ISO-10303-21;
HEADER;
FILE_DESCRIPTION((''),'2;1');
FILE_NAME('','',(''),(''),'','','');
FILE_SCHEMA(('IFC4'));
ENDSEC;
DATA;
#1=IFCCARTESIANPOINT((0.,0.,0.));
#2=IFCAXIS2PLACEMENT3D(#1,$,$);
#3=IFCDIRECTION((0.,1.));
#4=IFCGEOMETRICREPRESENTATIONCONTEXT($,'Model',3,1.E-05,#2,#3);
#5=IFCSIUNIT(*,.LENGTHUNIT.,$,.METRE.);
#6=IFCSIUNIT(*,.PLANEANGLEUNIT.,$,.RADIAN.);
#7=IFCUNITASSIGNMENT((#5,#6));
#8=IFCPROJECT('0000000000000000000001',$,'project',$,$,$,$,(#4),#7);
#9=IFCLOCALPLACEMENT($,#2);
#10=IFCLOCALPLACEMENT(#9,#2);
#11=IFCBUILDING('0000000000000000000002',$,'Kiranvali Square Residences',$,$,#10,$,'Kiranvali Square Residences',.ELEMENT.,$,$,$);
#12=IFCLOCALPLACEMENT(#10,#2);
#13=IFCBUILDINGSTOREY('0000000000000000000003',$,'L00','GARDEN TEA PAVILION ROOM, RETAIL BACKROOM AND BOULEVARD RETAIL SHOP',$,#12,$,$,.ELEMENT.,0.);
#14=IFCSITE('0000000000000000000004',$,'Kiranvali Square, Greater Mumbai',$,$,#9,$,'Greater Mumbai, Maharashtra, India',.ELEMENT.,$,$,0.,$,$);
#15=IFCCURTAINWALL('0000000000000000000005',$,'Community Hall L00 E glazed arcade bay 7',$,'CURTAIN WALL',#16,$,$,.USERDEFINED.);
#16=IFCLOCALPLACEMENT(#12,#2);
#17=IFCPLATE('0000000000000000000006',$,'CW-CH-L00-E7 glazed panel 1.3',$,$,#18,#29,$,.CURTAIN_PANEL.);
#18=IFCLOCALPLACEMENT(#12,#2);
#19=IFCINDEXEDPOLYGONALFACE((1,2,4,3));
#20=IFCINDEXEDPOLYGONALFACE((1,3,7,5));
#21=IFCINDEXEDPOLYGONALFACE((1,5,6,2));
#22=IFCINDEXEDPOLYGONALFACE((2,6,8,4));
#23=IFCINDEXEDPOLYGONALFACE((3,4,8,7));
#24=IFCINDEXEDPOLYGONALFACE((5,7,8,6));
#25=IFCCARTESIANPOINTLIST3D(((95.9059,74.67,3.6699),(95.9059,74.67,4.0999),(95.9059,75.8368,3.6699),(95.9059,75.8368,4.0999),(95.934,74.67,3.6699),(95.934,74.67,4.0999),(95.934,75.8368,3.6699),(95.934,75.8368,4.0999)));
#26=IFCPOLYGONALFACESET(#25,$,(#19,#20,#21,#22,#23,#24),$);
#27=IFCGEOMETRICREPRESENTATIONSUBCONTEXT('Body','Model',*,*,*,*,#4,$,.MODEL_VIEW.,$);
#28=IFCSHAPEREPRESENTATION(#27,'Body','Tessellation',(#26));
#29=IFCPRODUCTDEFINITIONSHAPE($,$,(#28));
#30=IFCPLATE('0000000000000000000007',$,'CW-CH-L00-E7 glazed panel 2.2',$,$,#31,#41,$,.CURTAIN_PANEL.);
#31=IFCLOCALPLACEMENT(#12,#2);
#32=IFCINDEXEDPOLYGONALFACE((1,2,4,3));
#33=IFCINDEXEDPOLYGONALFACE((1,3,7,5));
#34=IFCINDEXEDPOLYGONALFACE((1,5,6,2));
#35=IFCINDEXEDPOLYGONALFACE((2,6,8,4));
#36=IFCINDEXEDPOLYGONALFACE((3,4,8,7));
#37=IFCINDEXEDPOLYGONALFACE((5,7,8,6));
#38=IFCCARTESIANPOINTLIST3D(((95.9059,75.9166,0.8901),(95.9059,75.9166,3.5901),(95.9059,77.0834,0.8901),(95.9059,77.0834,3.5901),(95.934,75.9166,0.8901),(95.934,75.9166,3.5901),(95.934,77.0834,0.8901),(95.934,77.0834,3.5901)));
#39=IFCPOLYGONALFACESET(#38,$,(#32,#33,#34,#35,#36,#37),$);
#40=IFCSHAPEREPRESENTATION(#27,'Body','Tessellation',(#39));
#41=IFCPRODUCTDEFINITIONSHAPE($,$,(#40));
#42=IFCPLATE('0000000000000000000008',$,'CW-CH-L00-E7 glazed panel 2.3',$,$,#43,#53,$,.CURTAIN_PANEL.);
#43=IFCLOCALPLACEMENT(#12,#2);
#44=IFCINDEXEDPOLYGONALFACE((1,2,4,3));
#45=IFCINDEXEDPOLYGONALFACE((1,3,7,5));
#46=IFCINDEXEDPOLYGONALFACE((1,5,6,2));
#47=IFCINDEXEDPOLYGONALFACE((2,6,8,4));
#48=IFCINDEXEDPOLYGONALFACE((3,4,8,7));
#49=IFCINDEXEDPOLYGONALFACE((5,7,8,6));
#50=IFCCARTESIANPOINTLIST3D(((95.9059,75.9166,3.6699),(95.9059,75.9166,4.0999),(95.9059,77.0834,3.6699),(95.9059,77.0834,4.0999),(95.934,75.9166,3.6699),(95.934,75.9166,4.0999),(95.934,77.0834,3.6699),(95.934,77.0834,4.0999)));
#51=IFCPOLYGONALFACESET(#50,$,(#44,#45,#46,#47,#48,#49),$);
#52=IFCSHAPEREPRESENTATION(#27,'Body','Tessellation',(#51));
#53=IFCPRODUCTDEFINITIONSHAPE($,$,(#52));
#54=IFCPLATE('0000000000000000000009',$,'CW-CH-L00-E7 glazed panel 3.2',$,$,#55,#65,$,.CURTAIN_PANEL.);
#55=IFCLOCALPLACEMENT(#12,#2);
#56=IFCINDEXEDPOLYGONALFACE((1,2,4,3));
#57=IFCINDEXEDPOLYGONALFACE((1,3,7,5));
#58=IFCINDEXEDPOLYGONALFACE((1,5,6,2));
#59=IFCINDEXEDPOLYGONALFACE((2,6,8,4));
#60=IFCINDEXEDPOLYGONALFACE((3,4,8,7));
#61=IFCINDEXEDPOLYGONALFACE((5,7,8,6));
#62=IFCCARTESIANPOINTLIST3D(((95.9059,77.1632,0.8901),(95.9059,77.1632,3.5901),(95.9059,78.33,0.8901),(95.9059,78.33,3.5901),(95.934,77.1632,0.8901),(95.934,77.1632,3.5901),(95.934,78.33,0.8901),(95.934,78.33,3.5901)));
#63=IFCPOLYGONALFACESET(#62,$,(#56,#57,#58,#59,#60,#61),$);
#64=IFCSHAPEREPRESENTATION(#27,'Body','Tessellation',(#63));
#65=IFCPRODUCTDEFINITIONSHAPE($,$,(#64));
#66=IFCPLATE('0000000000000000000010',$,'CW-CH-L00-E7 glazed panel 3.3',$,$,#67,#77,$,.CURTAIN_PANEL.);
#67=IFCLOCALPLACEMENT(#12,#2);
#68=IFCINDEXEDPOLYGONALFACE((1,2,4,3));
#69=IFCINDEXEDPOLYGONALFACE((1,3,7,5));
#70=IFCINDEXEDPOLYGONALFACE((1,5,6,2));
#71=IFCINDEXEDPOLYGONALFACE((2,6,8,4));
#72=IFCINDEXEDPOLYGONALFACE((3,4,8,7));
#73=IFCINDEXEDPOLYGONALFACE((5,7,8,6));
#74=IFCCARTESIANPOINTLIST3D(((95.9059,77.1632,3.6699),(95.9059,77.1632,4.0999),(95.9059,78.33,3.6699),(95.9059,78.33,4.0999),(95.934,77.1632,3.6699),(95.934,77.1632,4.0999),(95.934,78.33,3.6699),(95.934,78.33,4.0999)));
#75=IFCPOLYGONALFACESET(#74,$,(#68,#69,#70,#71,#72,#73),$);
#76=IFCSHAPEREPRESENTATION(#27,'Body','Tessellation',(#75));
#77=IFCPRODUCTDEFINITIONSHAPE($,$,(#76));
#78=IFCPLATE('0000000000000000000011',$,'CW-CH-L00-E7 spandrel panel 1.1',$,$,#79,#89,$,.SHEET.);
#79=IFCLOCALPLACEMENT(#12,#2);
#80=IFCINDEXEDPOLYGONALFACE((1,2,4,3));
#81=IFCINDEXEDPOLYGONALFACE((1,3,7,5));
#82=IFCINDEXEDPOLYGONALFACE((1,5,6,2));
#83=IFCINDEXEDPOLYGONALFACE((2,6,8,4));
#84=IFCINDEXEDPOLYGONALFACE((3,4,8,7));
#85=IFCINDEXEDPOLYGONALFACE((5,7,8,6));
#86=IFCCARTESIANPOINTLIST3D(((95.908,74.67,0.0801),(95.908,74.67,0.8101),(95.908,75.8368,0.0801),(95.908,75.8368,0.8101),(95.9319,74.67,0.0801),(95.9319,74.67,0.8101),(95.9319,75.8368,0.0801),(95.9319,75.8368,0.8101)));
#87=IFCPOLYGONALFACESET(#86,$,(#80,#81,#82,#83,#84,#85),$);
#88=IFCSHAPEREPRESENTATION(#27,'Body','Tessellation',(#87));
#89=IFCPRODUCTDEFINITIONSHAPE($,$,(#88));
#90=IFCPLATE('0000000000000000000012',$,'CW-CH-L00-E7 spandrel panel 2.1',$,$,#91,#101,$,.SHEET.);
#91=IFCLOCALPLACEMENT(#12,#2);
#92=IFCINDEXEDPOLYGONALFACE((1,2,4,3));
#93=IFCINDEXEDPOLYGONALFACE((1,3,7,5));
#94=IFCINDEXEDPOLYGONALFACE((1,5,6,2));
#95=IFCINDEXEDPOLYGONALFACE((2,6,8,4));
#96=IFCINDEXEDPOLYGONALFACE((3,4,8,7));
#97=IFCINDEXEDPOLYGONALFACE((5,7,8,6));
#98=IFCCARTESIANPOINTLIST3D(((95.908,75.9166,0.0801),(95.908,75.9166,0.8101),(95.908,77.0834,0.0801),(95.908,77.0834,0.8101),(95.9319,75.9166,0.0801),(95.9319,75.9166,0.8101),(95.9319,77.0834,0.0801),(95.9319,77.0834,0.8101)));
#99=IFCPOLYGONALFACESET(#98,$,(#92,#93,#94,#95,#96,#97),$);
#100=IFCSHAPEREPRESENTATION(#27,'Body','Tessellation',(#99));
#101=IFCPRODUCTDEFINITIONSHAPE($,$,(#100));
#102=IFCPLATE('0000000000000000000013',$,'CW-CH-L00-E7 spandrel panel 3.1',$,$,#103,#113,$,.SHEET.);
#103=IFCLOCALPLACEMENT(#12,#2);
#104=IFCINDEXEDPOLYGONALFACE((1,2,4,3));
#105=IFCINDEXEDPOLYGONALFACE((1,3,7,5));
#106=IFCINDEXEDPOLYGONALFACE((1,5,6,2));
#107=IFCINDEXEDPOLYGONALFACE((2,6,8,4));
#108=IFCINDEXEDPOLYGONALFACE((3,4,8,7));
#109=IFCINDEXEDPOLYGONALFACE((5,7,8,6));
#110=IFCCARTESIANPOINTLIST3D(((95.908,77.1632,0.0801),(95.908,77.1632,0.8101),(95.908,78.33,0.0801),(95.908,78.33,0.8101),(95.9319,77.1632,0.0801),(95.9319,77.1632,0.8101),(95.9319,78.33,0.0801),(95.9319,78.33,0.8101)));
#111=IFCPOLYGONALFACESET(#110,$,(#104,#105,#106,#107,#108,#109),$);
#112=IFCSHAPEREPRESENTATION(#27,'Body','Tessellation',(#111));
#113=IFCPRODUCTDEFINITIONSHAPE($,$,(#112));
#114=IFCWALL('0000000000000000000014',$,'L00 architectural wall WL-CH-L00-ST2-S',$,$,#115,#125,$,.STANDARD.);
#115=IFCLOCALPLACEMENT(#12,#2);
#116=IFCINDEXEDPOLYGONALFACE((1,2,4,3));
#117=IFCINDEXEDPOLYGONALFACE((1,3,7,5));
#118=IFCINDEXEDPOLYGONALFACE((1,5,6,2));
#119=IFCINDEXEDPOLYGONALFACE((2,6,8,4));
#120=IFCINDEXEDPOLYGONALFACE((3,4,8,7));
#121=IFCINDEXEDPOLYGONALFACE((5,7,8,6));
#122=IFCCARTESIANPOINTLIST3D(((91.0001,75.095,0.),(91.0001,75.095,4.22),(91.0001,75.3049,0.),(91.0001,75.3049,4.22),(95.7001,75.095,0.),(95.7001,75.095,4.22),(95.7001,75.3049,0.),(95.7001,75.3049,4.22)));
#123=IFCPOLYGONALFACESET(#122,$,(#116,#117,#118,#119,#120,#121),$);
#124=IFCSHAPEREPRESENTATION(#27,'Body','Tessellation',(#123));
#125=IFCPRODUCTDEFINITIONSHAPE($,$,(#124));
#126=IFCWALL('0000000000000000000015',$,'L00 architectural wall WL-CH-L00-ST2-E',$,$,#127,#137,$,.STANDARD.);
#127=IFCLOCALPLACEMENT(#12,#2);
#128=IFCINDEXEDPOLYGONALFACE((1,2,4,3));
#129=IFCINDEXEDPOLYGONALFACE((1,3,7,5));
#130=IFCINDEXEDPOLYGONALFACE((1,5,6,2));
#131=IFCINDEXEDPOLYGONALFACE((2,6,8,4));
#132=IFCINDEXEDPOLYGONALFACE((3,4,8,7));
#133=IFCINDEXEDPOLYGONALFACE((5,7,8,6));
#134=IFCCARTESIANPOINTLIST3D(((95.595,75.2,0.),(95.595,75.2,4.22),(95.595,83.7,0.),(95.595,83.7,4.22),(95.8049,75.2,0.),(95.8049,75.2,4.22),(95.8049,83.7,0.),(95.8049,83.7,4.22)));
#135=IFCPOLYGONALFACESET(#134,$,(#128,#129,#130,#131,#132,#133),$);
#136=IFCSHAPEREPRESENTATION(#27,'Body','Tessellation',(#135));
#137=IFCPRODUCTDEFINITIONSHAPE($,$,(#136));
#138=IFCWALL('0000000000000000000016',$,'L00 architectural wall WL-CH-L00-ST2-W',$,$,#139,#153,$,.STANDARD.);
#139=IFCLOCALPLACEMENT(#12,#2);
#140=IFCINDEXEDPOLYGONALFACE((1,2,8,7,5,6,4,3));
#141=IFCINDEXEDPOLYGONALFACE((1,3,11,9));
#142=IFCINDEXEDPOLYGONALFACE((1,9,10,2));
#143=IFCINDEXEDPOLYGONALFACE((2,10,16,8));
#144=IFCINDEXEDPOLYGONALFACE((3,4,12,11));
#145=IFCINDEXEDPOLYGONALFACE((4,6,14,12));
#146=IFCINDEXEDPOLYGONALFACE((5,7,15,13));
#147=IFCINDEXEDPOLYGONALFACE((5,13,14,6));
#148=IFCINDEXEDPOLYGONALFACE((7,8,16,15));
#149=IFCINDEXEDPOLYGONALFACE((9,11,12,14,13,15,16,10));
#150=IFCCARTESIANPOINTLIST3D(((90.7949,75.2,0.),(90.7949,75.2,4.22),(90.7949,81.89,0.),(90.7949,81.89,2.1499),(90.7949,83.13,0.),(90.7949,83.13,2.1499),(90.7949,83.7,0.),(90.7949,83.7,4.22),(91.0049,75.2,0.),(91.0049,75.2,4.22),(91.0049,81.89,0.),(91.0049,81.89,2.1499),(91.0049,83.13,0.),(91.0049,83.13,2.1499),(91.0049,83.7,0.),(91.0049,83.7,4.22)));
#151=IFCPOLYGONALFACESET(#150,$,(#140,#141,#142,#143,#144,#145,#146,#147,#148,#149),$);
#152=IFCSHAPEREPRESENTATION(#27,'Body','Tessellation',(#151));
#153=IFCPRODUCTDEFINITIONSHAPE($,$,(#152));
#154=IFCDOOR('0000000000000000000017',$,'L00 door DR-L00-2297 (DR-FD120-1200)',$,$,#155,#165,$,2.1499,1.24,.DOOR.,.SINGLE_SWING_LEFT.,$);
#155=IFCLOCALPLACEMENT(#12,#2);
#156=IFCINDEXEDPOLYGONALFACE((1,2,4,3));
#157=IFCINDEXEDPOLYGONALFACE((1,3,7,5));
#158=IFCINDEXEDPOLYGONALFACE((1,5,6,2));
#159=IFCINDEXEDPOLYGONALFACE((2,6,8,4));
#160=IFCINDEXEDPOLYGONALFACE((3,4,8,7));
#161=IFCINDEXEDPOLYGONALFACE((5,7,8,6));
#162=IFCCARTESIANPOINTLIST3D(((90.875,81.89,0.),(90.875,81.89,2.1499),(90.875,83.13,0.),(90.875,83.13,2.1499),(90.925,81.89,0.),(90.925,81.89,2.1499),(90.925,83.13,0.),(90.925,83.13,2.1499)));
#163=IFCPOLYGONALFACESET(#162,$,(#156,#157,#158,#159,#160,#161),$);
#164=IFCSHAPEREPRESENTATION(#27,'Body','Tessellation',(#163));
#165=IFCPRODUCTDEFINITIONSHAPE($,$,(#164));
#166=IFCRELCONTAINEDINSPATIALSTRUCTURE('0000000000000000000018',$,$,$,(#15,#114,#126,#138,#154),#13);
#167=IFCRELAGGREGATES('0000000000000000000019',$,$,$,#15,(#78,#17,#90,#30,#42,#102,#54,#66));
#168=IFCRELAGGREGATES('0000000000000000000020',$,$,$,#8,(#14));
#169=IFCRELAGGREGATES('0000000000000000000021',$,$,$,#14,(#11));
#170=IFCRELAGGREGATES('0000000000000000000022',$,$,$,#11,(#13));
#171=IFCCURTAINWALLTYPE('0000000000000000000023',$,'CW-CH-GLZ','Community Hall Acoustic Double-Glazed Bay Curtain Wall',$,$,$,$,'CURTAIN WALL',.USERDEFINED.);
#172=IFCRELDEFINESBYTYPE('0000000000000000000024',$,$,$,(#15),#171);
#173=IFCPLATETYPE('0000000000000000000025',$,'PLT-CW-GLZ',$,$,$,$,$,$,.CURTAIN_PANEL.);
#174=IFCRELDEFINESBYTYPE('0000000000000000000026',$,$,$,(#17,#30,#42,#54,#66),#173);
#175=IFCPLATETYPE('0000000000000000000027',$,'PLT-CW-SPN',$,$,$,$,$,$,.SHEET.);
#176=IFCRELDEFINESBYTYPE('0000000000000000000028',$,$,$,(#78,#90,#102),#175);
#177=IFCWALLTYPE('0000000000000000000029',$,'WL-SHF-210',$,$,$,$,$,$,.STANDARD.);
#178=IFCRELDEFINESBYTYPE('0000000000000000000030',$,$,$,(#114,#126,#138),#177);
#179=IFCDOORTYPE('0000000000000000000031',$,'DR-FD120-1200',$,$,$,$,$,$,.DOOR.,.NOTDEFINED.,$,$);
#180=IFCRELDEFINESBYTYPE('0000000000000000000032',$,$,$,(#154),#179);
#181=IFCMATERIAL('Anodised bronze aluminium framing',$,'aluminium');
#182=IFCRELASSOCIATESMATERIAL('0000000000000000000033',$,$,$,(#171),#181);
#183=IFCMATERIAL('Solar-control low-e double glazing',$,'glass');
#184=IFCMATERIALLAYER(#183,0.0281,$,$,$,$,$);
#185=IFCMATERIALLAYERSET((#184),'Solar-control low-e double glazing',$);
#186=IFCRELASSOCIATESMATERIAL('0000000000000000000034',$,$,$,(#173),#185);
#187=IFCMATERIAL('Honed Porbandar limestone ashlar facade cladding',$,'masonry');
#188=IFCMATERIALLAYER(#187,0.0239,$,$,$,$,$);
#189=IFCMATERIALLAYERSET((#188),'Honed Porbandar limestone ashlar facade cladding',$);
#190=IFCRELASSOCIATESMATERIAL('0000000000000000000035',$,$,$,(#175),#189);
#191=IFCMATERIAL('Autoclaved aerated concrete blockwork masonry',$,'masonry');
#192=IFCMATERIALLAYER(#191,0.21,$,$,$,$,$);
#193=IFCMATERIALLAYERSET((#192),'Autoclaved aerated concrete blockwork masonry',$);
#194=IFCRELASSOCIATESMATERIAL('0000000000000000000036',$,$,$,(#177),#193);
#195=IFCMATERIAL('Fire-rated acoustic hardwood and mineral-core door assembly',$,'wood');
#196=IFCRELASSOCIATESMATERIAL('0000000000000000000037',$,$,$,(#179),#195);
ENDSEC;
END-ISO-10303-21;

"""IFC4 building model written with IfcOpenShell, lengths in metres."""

from ifc_helpers import new_model, si_unit, direction, frame, frame_2d, origin, origin_2d, place, context, subcontext, project, spatial, rectangle, extrude, material, layer, layer_set, type_object, element, fill, aggregate, save


model = new_model("IFC4")

# Units and contexts
model_context = context("Model", 3, precision=1e-05, world=origin(), true_north=direction((0.0, 1.0)))
body_context = subcontext(model_context, "Body", "Model", "MODEL_VIEW")
ifc_project = project(units=[si_unit("LENGTHUNIT", "METRE"), si_unit("PLANEANGLEUNIT", "RADIAN")], contexts=[model_context])

# Site, building, storey
site_placement = place(None, origin())
site = spatial("IfcSite", under=ifc_project, at=site_placement, Name="Kiranvali Square, Greater Mumbai", LongName="Greater Mumbai, Maharashtra, India", CompositionType="ELEMENT", RefElevation=0.0)
building_placement = place(site_placement, origin())
building = spatial("IfcBuilding", under=site, at=building_placement, Name="Kiranvali Square Residences", LongName="Kiranvali Square Residences", CompositionType="ELEMENT")
storey_placement = place(building_placement, origin())
storey = spatial("IfcBuildingStorey", under=building, at=storey_placement, Name="L00", Description="GARDEN TEA PAVILION ROOM, RETAIL BACKROOM AND BOULEVARD RETAIL SHOP", CompositionType="ELEMENT", Elevation=0.0)

# Curtain wall, plates
ifc_material_1 = material(Name="Anodised bronze aluminium framing", Category="aluminium")
curtain_wall_type = type_object("IfcCurtainWallType", Name="CW-CH-GLZ", Description="Community Hall Acoustic Double-Glazed Bay Curtain Wall", ElementType="CURTAIN WALL", PredefinedType="USERDEFINED", material=ifc_material_1)
curtain_wall_placement = place(storey_placement, origin())
curtain_wall = element("IfcCurtainWall", 1, at=curtain_wall_placement, inside=storey, type_object=curtain_wall_type, Name="Community Hall L00 E glazed arcade bay 7", ObjectType="CURTAIN WALL", PredefinedType="USERDEFINED")
ifc_material_2 = material(Name="Solar-control low-e double glazing", Category="glass")
ifc_layer_1 = layer(ifc_material_2, 0.0281)
ifc_layer_set_1 = layer_set([ifc_layer_1], Name="Solar-control low-e double glazing")
plate_type_1 = type_object("IfcPlateType", Name="PLT-CW-GLZ", PredefinedType="CURTAIN_PANEL", material=ifc_layer_set_1)
plate_1_placement = place(storey_placement, frame((95.9199, 75.2534, 3.6699), z_axis=(0.0, 0.0, 1.0), x_axis=(0.0, 1.0, 0.0)))
plate_1 = element("IfcPlate", 2, at=plate_1_placement, type_object=plate_type_1, Name="CW-CH-L00-E7 glazed panel 1.3", PredefinedType="CURTAIN_PANEL", context=body_context, shape_type="SweptSolid", body=[
    extrude(rectangle(XDim=1.1667, YDim=0.0281, at=origin_2d()), origin(), (0.0, 0.0, 1.0), 0.4299),
])
plate_2_placement = place(storey_placement, frame((95.9199, 76.5, 0.8901), z_axis=(0.0, 0.0, 1.0), x_axis=(0.0, 1.0, 0.0)))
plate_2 = element("IfcPlate", 3, at=plate_2_placement, type_object=plate_type_1, Name="CW-CH-L00-E7 glazed panel 2.2", PredefinedType="CURTAIN_PANEL", context=body_context, shape_type="SweptSolid", body=[
    extrude(rectangle(XDim=1.1667, YDim=0.0281, at=origin_2d()), origin(), (0.0, 0.0, 1.0), 2.7),
])
plate_3_placement = place(storey_placement, frame((95.9199, 76.5, 3.6699), z_axis=(0.0, 0.0, 1.0), x_axis=(0.0, 1.0, 0.0)))
plate_3 = element("IfcPlate", 4, at=plate_3_placement, type_object=plate_type_1, Name="CW-CH-L00-E7 glazed panel 2.3", PredefinedType="CURTAIN_PANEL", context=body_context, shape_type="SweptSolid", body=[
    extrude(rectangle(XDim=1.1667, YDim=0.0281, at=origin_2d()), origin(), (0.0, 0.0, 1.0), 0.4299),
])
plate_4_placement = place(storey_placement, frame((95.9199, 77.7466, 0.8901), z_axis=(0.0, 0.0, 1.0), x_axis=(0.0, 1.0, 0.0)))
plate_4 = element("IfcPlate", 5, at=plate_4_placement, type_object=plate_type_1, Name="CW-CH-L00-E7 glazed panel 3.2", PredefinedType="CURTAIN_PANEL", context=body_context, shape_type="SweptSolid", body=[
    extrude(rectangle(XDim=1.1667, YDim=0.0281, at=origin_2d()), origin(), (0.0, 0.0, 1.0), 2.7),
])
plate_5_placement = place(storey_placement, frame((95.9199, 77.7466, 3.6699), z_axis=(0.0, 0.0, 1.0), x_axis=(0.0, 1.0, 0.0)))
plate_5 = element("IfcPlate", 6, at=plate_5_placement, type_object=plate_type_1, Name="CW-CH-L00-E7 glazed panel 3.3", PredefinedType="CURTAIN_PANEL", context=body_context, shape_type="SweptSolid", body=[
    extrude(rectangle(XDim=1.1667, YDim=0.0281, at=origin_2d()), origin(), (0.0, 0.0, 1.0), 0.4299),
])
ifc_material_3 = material(Name="Honed Porbandar limestone ashlar facade cladding", Category="masonry")
ifc_layer_2 = layer(ifc_material_3, 0.0239)
ifc_layer_set_2 = layer_set([ifc_layer_2], Name="Honed Porbandar limestone ashlar facade cladding")
plate_type_2 = type_object("IfcPlateType", Name="PLT-CW-SPN", PredefinedType="SHEET", material=ifc_layer_set_2)
plate_6_placement = place(storey_placement, frame((95.9199, 75.2534, 0.0801), z_axis=(0.0, 0.0, 1.0), x_axis=(0.0, 1.0, 0.0)))
plate_6 = element("IfcPlate", 7, at=plate_6_placement, type_object=plate_type_2, Name="CW-CH-L00-E7 spandrel panel 1.1", PredefinedType="SHEET", context=body_context, shape_type="SweptSolid", body=[
    extrude(rectangle(XDim=1.1667, YDim=0.0239, at=origin_2d()), origin(), (0.0, 0.0, 1.0), 0.73),
])
plate_7_placement = place(storey_placement, frame((95.9199, 76.5, 0.0801), z_axis=(0.0, 0.0, 1.0), x_axis=(0.0, 1.0, 0.0)))
plate_7 = element("IfcPlate", 8, at=plate_7_placement, type_object=plate_type_2, Name="CW-CH-L00-E7 spandrel panel 2.1", PredefinedType="SHEET", context=body_context, shape_type="SweptSolid", body=[
    extrude(rectangle(XDim=1.1667, YDim=0.0239, at=origin_2d()), origin(), (0.0, 0.0, 1.0), 0.73),
])
plate_8_placement = place(storey_placement, frame((95.9199, 77.7466, 0.0801), z_axis=(0.0, 0.0, 1.0), x_axis=(0.0, 1.0, 0.0)))
plate_8 = element("IfcPlate", 9, at=plate_8_placement, type_object=plate_type_2, Name="CW-CH-L00-E7 spandrel panel 3.1", PredefinedType="SHEET", context=body_context, shape_type="SweptSolid", body=[
    extrude(rectangle(XDim=1.1667, YDim=0.0239, at=origin_2d()), origin(), (0.0, 0.0, 1.0), 0.73),
])
aggregate(curtain_wall, [plate_6, plate_1, plate_7, plate_2, plate_3, plate_8, plate_4, plate_5])

# Walls
ifc_material_4 = material(Name="Autoclaved aerated concrete blockwork masonry", Category="masonry")
ifc_layer_3 = layer(ifc_material_4, 0.21)
ifc_layer_set_3 = layer_set([ifc_layer_3], Name="Autoclaved aerated concrete blockwork masonry")
wall_type = type_object("IfcWallType", Name="WL-SHF-210", PredefinedType="STANDARD", material=ifc_layer_set_3)
wall_1_placement = place(storey_placement, frame((91.0, 75.2, 0.0), z_axis=(0.0, 0.0, 1.0), x_axis=(1.0, 0.0, 0.0)))
element("IfcWall", 10, at=wall_1_placement, inside=storey, type_object=wall_type, Name="L00 architectural wall WL-CH-L00-ST2-S", PredefinedType="STANDARD", context=body_context, shape_type="SweptSolid", body=[
    extrude(rectangle(XDim=4.7, YDim=0.21, at=frame_2d((2.3501, 0.0))), origin(), (0.0, 0.0, 1.0), 4.22),
])
wall_2_placement = place(storey_placement, frame((95.7, 75.2, 0.0), z_axis=(0.0, 0.0, 1.0), x_axis=(0.0, 1.0, 0.0)))
element("IfcWall", 11, at=wall_2_placement, inside=storey, type_object=wall_type, Name="L00 architectural wall WL-CH-L00-ST2-E", PredefinedType="STANDARD", context=body_context, shape_type="SweptSolid", body=[
    extrude(rectangle(XDim=8.5, YDim=0.21, at=frame_2d((4.25, 0.0))), origin(), (0.0, 0.0, 1.0), 4.22),
])

# Wall, opening, door
wall_3_placement = place(storey_placement, frame((90.8999, 75.2, 0.0), z_axis=(0.0, 0.0, 1.0), x_axis=(0.0, 1.0, 0.0)))
wall_3 = element("IfcWall", 12, at=wall_3_placement, inside=storey, type_object=wall_type, Name="L00 architectural wall WL-CH-L00-ST2-W", PredefinedType="STANDARD", context=body_context, shape_type="SweptSolid", body=[
    extrude(rectangle(XDim=8.5, YDim=0.21, at=frame_2d((4.25, 0.0))), origin(), (0.0, 0.0, 1.0), 4.22),
])
opening_placement = place(wall_3_placement, frame((6.6899, 0.0, 0.0)))
opening = element("IfcOpeningElement", 13, at=opening_placement, cuts=wall_3, PredefinedType="OPENING", context=body_context, shape_type="SweptSolid", body=[
    extrude(rectangle(XDim=1.24, YDim=2.1499, at=frame_2d((0.6201, 1.075))), frame((0.0, 0.115, 0.0), z_axis=(0.0, -1.0, 0.0), x_axis=(1.0, 0.0, 0.0)), (0.0, 0.0, 1.0), 0.23),
])
ifc_material_5 = material(Name="Fire-rated acoustic hardwood and mineral-core door assembly", Category="wood")
door_type = type_object("IfcDoorType", Name="DR-FD120-1200", OperationType="NOTDEFINED", PredefinedType="DOOR", material=ifc_material_5)
door_placement = place(opening_placement, origin())
door = element("IfcDoor", 14, at=door_placement, inside=storey, type_object=door_type, Name="L00 door DR-L00-2297 (DR-FD120-1200)", OperationType="SINGLE_SWING_LEFT", OverallHeight=2.1499, OverallWidth=1.24, PredefinedType="DOOR", context=body_context, shape_type="SweptSolid", body=[
    extrude(rectangle(XDim=1.24, YDim=2.1499, at=frame_2d((0.6201, 1.075))), frame((0.0, 0.0249, 0.0), z_axis=(0.0, -1.0, 0.0), x_axis=(1.0, 0.0, 0.0)), (0.0, 0.0, 1.0), 0.05),
])
fill(opening, door)

save(model, "model.ifc")
